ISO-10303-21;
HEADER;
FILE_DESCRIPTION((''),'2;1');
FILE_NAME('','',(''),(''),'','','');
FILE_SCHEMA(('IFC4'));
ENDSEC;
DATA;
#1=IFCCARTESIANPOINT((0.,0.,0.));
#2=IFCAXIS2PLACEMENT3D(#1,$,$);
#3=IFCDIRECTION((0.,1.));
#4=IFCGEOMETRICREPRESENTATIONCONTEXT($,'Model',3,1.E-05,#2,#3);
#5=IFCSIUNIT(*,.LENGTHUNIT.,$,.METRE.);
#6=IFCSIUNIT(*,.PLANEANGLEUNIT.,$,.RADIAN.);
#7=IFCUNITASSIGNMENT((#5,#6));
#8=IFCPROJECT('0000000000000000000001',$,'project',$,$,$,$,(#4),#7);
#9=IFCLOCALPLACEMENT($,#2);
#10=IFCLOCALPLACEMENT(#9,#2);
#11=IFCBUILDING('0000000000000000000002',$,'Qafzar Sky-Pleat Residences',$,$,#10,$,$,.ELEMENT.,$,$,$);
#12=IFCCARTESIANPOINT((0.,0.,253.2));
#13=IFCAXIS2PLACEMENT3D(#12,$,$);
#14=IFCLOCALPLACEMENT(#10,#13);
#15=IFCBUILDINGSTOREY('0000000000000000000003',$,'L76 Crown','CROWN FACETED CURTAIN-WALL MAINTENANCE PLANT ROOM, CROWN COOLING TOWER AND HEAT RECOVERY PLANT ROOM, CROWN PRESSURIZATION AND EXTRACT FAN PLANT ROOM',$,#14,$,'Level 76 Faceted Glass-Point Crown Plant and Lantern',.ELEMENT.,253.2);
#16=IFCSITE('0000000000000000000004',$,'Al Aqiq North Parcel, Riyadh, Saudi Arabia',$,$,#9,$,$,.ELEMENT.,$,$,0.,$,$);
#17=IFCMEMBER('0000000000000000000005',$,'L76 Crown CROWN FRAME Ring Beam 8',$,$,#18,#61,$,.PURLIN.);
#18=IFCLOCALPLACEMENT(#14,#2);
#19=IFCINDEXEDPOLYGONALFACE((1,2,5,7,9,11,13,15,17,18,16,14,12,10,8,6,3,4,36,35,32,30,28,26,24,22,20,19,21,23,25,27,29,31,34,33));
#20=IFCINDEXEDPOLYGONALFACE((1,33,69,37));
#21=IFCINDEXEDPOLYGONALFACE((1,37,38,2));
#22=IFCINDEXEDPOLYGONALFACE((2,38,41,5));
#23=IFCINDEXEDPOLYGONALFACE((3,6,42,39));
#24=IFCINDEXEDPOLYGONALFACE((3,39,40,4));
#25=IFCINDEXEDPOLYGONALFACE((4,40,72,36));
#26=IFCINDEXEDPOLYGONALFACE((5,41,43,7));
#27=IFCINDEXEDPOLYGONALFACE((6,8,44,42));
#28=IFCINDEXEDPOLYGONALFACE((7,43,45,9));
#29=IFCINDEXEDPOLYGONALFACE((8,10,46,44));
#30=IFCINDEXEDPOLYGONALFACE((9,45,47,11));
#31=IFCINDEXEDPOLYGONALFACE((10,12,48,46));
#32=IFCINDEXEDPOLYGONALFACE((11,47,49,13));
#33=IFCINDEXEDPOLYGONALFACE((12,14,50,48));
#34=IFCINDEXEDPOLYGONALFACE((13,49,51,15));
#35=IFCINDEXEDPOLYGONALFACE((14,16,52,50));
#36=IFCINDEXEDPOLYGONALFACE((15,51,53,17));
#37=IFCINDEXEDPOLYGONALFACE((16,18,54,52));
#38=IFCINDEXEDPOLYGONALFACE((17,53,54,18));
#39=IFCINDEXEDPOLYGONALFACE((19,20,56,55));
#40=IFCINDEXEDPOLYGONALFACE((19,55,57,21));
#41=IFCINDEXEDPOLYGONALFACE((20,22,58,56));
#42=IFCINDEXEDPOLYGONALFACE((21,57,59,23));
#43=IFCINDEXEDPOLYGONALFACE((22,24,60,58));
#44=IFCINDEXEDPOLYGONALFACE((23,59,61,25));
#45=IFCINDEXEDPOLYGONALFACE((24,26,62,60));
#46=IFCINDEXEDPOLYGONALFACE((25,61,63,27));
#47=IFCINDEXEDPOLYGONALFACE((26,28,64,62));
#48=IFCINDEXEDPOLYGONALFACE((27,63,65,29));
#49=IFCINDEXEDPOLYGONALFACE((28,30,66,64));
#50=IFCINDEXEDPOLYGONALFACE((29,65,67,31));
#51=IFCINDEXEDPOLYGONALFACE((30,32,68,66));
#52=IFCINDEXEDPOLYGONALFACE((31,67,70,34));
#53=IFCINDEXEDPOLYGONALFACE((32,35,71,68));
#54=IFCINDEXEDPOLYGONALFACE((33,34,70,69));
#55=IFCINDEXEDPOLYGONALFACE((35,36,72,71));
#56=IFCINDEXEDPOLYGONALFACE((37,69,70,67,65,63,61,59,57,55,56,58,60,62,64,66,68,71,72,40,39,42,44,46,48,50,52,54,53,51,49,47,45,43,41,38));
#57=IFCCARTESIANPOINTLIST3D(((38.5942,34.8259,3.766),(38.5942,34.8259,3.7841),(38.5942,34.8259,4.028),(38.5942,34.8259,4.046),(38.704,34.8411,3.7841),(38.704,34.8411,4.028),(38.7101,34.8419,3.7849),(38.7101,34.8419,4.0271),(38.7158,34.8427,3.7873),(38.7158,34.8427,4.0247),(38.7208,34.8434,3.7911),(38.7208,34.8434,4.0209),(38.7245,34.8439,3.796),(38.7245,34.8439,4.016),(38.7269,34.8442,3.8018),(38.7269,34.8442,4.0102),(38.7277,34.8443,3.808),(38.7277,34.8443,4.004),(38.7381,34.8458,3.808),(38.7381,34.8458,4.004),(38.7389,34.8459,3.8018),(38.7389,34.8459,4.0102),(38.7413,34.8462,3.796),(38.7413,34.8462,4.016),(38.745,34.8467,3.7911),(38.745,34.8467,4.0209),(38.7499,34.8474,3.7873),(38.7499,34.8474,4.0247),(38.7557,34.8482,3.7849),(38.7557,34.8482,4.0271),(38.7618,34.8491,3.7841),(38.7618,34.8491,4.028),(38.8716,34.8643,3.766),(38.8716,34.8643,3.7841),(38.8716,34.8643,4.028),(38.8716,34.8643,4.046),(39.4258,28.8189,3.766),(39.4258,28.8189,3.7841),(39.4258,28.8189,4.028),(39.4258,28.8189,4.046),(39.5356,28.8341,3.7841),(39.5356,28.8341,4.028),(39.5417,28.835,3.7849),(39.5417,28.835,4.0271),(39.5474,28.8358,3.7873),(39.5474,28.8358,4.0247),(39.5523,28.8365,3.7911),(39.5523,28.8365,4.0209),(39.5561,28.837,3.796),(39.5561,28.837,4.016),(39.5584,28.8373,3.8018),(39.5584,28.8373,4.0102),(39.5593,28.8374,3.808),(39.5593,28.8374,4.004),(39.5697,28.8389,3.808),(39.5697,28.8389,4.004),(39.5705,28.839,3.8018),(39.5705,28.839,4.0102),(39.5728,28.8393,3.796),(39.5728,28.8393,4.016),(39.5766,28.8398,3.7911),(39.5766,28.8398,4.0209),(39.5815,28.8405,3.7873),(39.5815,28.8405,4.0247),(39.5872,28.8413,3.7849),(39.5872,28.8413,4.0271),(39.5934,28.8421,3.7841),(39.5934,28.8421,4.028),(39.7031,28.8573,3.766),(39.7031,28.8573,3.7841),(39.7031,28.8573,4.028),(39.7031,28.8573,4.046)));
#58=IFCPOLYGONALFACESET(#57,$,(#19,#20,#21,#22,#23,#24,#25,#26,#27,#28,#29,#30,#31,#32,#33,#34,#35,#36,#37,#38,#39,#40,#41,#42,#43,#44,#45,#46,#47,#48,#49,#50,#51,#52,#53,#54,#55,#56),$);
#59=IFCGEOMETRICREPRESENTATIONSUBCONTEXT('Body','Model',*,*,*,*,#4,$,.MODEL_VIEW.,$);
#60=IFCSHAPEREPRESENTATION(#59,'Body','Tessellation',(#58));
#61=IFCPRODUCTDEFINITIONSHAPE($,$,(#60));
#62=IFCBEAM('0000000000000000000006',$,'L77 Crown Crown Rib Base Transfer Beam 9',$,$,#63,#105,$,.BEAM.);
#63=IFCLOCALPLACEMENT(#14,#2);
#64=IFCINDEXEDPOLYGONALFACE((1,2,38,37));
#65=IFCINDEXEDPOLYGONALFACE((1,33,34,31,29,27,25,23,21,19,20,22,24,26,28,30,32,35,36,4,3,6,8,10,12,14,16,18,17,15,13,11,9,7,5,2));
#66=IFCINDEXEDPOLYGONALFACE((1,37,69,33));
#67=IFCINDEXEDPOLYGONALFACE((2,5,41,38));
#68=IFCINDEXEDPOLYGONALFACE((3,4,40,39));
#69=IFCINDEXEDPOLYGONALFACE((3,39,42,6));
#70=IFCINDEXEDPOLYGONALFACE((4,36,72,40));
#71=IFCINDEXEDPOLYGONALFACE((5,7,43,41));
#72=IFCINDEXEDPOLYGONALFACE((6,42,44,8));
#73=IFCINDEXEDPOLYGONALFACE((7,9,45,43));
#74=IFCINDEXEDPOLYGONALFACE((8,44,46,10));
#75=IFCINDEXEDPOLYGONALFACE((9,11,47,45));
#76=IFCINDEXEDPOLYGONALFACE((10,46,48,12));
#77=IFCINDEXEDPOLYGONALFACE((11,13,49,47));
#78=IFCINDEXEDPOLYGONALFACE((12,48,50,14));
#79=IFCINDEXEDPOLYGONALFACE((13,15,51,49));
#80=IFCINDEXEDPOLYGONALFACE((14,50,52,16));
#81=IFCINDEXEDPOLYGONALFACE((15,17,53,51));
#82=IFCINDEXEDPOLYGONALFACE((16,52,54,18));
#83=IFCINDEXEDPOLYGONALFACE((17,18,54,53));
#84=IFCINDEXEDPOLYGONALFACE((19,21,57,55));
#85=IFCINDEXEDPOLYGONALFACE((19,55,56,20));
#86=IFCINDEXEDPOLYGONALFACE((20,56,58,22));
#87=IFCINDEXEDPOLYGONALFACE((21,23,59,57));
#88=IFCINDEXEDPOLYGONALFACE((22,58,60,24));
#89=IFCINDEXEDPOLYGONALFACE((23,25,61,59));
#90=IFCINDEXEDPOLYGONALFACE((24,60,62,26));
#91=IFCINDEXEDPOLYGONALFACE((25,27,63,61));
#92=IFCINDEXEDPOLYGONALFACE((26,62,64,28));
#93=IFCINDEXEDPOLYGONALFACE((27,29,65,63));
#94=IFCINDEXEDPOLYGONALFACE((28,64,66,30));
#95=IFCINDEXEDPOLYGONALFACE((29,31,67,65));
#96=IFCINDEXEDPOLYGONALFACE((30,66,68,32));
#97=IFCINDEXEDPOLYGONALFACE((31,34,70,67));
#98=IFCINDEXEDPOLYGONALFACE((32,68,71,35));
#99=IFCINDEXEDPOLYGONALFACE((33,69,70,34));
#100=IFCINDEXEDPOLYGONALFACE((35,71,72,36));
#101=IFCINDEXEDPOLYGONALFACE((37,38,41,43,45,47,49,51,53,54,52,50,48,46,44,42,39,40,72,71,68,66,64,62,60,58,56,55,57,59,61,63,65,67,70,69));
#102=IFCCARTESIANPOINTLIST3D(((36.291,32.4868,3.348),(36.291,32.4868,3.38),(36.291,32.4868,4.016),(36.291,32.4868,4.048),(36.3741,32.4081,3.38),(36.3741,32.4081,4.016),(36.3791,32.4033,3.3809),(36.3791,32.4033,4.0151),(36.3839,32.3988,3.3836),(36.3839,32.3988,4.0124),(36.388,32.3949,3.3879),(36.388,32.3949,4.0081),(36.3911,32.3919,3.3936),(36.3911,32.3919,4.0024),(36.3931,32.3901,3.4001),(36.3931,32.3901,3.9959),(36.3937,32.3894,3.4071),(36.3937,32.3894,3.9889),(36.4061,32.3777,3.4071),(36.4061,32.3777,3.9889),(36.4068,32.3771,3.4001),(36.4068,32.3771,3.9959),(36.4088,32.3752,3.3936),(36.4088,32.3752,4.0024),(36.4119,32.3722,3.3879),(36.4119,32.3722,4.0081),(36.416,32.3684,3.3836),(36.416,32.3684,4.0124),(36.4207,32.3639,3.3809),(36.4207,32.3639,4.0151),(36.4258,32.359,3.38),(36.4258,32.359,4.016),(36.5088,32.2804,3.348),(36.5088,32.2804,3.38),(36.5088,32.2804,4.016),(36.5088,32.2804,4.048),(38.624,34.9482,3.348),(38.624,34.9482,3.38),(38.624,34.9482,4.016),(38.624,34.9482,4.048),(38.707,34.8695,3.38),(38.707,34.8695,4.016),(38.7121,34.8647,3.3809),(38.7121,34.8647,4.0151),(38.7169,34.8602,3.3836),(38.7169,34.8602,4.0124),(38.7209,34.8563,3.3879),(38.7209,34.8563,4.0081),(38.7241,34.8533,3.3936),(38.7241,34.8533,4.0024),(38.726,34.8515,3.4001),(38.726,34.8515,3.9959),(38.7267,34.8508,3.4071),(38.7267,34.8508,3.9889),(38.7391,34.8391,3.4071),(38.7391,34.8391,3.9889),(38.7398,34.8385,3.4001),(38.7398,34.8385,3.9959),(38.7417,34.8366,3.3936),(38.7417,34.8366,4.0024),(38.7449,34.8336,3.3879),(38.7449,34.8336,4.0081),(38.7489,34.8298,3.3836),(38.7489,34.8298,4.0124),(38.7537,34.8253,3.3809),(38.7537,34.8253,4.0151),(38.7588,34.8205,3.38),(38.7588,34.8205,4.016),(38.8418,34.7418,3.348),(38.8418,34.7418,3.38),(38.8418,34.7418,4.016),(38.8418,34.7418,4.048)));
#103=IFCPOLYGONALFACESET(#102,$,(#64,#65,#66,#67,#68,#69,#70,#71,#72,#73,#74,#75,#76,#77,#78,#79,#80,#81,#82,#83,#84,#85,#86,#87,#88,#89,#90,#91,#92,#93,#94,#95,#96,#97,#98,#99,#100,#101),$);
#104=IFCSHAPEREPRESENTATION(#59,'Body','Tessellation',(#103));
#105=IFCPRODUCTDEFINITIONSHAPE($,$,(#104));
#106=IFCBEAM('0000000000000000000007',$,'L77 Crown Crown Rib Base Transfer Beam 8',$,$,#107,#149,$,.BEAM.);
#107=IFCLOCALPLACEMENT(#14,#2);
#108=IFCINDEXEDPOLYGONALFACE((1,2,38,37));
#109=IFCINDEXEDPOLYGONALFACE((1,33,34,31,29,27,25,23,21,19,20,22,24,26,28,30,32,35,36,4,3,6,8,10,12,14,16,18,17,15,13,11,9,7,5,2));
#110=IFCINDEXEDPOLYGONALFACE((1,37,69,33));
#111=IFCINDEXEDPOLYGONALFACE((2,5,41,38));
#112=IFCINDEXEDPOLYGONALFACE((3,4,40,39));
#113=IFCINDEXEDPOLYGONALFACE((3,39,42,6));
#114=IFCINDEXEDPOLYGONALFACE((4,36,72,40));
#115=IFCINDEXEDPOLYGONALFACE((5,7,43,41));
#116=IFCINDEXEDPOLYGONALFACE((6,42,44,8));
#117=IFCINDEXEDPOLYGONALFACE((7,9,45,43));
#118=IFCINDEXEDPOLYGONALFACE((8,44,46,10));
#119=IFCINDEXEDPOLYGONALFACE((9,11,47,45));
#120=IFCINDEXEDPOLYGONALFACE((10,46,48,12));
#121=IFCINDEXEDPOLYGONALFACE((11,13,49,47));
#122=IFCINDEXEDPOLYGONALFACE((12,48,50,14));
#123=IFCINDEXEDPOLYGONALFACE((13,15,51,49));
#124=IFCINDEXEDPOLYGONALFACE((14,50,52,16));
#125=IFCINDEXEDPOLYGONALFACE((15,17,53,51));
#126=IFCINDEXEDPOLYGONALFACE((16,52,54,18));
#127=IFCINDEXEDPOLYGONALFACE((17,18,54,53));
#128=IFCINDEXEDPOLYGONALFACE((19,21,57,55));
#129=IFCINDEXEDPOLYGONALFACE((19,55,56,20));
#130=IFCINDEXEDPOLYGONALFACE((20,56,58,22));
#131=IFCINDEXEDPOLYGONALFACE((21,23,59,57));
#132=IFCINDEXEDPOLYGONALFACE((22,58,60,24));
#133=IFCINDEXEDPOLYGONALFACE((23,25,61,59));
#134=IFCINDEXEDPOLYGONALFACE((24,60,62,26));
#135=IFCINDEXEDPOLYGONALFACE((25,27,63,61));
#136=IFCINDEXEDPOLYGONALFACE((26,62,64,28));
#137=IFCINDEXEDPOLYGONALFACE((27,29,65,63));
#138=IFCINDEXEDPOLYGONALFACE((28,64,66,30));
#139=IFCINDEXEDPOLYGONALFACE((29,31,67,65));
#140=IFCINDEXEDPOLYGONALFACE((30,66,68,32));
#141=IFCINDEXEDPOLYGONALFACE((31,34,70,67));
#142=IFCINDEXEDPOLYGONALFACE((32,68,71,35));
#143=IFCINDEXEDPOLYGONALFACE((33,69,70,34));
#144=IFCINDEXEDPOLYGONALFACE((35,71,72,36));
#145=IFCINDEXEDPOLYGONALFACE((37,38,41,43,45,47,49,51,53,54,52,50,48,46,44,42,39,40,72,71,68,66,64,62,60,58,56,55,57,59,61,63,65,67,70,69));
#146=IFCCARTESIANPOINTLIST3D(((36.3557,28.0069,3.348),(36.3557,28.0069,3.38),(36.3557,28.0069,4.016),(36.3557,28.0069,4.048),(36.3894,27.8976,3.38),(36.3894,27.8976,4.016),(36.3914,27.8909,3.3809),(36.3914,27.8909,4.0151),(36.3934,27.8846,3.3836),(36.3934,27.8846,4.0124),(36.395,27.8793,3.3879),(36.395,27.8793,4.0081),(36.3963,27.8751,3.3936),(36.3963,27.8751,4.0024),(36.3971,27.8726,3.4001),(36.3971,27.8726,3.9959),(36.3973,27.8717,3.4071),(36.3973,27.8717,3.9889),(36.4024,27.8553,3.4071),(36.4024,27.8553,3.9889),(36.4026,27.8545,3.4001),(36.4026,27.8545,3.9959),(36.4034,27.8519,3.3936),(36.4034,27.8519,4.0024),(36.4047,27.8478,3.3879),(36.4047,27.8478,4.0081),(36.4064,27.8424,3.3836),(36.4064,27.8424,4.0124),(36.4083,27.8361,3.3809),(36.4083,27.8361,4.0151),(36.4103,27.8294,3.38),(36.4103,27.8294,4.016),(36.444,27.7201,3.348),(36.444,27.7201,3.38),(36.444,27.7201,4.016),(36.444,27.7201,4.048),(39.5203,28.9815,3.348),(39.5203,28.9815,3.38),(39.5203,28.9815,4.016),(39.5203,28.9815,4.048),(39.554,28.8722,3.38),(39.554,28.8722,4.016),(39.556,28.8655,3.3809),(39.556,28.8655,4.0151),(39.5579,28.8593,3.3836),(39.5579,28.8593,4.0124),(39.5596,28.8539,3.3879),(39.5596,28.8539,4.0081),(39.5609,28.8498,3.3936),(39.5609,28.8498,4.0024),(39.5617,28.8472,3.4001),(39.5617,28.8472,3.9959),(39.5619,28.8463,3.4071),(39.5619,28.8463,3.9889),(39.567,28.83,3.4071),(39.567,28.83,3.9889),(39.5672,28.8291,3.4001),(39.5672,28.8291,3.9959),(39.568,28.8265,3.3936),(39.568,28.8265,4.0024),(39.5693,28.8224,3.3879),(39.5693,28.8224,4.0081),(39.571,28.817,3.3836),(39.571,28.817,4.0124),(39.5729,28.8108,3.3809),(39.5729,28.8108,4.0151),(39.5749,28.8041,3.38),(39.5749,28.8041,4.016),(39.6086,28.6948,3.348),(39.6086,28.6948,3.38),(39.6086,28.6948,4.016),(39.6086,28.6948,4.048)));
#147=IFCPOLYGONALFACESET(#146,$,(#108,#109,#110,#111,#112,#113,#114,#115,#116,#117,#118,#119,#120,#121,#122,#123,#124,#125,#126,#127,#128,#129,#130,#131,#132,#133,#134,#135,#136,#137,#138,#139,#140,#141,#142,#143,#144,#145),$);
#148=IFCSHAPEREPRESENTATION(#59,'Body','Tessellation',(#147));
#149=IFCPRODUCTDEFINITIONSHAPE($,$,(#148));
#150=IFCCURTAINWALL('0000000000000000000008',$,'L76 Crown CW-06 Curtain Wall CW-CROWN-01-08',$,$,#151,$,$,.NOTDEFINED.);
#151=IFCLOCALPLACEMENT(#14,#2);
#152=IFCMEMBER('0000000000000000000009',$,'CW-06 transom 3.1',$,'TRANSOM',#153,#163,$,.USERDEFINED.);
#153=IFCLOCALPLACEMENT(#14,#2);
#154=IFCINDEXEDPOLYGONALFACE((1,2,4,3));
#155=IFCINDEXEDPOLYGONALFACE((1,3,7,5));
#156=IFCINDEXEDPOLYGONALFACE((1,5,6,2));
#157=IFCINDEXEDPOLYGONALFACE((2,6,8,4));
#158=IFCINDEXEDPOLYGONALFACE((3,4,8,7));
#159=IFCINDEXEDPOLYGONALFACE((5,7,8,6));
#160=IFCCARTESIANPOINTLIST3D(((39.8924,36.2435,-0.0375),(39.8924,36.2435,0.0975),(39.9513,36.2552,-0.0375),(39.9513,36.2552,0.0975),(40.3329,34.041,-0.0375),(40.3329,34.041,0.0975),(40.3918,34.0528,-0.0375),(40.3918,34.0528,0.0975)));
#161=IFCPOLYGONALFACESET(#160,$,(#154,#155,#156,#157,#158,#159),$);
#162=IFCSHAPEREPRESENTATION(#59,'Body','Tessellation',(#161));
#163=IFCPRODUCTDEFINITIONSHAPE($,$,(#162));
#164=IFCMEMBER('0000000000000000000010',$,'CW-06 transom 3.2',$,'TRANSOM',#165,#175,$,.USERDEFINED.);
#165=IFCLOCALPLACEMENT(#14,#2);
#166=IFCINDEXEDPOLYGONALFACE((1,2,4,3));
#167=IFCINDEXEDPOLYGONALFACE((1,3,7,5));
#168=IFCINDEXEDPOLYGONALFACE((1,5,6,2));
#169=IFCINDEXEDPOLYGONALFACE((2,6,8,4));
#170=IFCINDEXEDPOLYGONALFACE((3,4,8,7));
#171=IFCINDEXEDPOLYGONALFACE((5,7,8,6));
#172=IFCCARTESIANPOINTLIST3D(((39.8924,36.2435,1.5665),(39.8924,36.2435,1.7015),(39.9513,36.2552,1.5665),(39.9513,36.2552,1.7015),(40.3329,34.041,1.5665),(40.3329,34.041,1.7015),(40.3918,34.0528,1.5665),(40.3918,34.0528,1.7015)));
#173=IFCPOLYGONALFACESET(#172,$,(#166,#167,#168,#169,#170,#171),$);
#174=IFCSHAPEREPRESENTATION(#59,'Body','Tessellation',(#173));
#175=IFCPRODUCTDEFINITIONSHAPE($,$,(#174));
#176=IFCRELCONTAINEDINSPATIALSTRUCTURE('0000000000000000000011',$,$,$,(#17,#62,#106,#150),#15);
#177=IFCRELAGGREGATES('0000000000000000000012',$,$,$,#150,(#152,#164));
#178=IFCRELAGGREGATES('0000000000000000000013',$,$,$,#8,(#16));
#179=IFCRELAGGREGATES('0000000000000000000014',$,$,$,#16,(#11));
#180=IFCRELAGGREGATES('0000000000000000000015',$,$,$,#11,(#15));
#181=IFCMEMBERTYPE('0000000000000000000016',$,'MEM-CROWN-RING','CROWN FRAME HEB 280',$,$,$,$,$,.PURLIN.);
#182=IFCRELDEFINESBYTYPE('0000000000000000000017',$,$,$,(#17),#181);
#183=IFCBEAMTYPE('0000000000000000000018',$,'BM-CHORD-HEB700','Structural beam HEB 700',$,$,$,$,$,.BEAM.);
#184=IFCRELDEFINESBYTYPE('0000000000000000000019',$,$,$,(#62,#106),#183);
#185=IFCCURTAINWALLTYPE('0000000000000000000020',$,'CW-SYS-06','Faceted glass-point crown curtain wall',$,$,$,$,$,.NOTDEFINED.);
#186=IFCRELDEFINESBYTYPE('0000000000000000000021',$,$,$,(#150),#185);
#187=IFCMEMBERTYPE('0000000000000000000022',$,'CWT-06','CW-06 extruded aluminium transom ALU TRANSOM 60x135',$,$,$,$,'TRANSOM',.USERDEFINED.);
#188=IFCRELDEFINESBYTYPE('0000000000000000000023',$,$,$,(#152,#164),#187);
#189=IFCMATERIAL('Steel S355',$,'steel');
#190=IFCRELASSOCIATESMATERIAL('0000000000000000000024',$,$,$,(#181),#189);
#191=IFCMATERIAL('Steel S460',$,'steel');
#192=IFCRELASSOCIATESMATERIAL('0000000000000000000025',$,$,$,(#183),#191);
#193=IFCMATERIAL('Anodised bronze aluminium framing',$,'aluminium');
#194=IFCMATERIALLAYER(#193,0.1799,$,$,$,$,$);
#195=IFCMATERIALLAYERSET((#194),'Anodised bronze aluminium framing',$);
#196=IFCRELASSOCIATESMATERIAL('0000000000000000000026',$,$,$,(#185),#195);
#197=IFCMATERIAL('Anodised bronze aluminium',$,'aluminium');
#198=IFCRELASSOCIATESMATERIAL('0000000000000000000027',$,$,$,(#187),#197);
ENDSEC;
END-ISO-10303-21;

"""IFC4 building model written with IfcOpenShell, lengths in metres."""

from ifc_helpers import new_model, si_unit, direction, frame, origin, origin_2d, place, context, subcontext, project, spatial, rectangle, i_section, extrude, source, transform, mapped, material, layer, layer_set, material_profile, profile_set, type_object, element, aggregate, save


model = new_model("IFC4")

# Units and contexts
model_context = context("Model", 3, precision=1e-05, world=origin(), true_north=direction((0.0, 1.0)))
body_context = subcontext(model_context, "Body", "Model", "MODEL_VIEW")
ifc_project = project(units=[si_unit("LENGTHUNIT", "METRE"), si_unit("PLANEANGLEUNIT", "RADIAN")], contexts=[model_context])

# Site, building, storey
site_placement = place(None, origin())
site = spatial("IfcSite", under=ifc_project, at=site_placement, Name="Al Aqiq North Parcel, Riyadh, Saudi Arabia", CompositionType="ELEMENT", RefElevation=0.0)
building_placement = place(site_placement, origin())
building = spatial("IfcBuilding", under=site, at=building_placement, Name="Qafzar Sky-Pleat Residences", CompositionType="ELEMENT")
storey_placement = place(building_placement, frame((0.0, 0.0, 253.2)))
storey = spatial("IfcBuildingStorey", under=building, at=storey_placement, Name="L76 Crown", Description="CROWN FACETED CURTAIN-WALL MAINTENANCE PLANT ROOM, CROWN COOLING TOWER AND HEAT RECOVERY PLANT ROOM, CROWN PRESSURIZATION AND EXTRACT FAN PLANT ROOM", LongName="Level 76 Faceted Glass-Point Crown Plant and Lantern", CompositionType="ELEMENT", Elevation=253.2)

# Member
ifc_material_1 = material(Name="Steel S460", Category="steel")
ifc_material_2 = material(Name="Steel S355", Category="steel")
ifc_material_profile_1 = material_profile(ifc_material_2, i_section(OverallWidth=0.28, OverallDepth=0.28, WebThickness=0.0105, FlangeThickness=0.0181, FilletRadius=0.0239, at=origin_2d()), Name="HEB 280")
ifc_profile_set_1 = profile_set([ifc_material_profile_1], Name="Steel S355")
member_type_1 = type_object("IfcMemberType", Name="MEM-CROWN-RING", Description="CROWN FRAME HEB 280", PredefinedType="PURLIN", material=ifc_profile_set_1)
shared_shape_1 = source(origin(), body_context, "Body", "SweptSolid", [
    extrude(i_section(OverallWidth=0.28, OverallDepth=0.28, WebThickness=0.0105, FlangeThickness=0.0181, FilletRadius=0.0239, at=origin_2d()), origin(), (0.0, 0.0, 1.0), 6.0642),
])
member_1_placement = place(storey_placement, frame((39.5645, 28.8381, 3.906), z_axis=(-0.137125, 0.990554, 0.0), x_axis=(-0.990554, -0.137125, 0.0)))
element("IfcMember", 1, at=member_1_placement, inside=storey, type_object=member_type_1, Name="L76 Crown CROWN FRAME Ring Beam 8", PredefinedType="PURLIN", context=body_context, shape_type="MappedRepresentation", body=[
    mapped(shared_shape_1, transform((0.0, 0.0, 0.0), x_axis=(1.0, 0.0, 0.0), y_axis=(0.0, 1.0, 0.0), z_axis=(0.0, 0.0, 1.0), scale=1.0)),
])

# Beams
ifc_material_profile_2 = material_profile(ifc_material_1, i_section(OverallWidth=0.3, OverallDepth=0.7, WebThickness=0.0171, FlangeThickness=0.032, FilletRadius=0.0271, at=origin_2d()), Name="HEB 700")
ifc_profile_set_2 = profile_set([ifc_material_profile_2], Name="Steel S460")
beam_type = type_object("IfcBeamType", Name="BM-CHORD-HEB700", Description="Structural beam HEB 700", PredefinedType="BEAM", material=ifc_profile_set_2)
shared_shape_2 = source(origin(), body_context, "Body", "SweptSolid", [
    extrude(i_section(OverallWidth=0.3, OverallDepth=0.7, WebThickness=0.0171, FlangeThickness=0.032, FilletRadius=0.0271, at=origin_2d()), origin(), (0.0, 0.0, 1.0), 3.3914),
])
beam_1_placement = place(storey_placement, frame((38.7329, 34.845, 3.698), z_axis=(-0.68792, -0.725786, 0.0), x_axis=(0.725786, -0.68792, 0.0)))
element("IfcBeam", 2, at=beam_1_placement, inside=storey, type_object=beam_type, Name="L77 Crown Crown Rib Base Transfer Beam 9", PredefinedType="BEAM", context=body_context, shape_type="MappedRepresentation", body=[
    mapped(shared_shape_2, transform((0.0, 0.0, 0.0), x_axis=(1.0, 0.0, 0.0), y_axis=(0.0, 1.0, 0.0), z_axis=(0.0, 0.0, 1.0), scale=1.0)),
])
shared_shape_3 = source(origin(), body_context, "Body", "SweptSolid", [
    extrude(i_section(OverallWidth=0.3, OverallDepth=0.7, WebThickness=0.0171, FlangeThickness=0.032, FilletRadius=0.0271, at=origin_2d()), origin(), (0.0, 0.0, 1.0), 3.3113),
])
beam_2_placement = place(storey_placement, frame((39.5645, 28.8381, 3.698), z_axis=(-0.955702, -0.294335, 0.0), x_axis=(0.294335, -0.955702, 0.0)))
element("IfcBeam", 3, at=beam_2_placement, inside=storey, type_object=beam_type, Name="L77 Crown Crown Rib Base Transfer Beam 8", PredefinedType="BEAM", context=body_context, shape_type="MappedRepresentation", body=[
    mapped(shared_shape_3, transform((0.0, 0.0, 0.0), x_axis=(1.0, 0.0, 0.0), y_axis=(0.0, 1.0, 0.0), z_axis=(0.0, 0.0, 1.0), scale=1.0)),
])

# Curtain wall, members
ifc_material_3 = material(Name="Anodised bronze aluminium framing", Category="aluminium")
ifc_layer_1 = layer(ifc_material_3, 0.1799)
ifc_layer_set_1 = layer_set([ifc_layer_1], Name="Anodised bronze aluminium framing")
curtain_wall_type = type_object("IfcCurtainWallType", Name="CW-SYS-06", Description="Faceted glass-point crown curtain wall", PredefinedType="NOTDEFINED", material=ifc_layer_set_1)
curtain_wall_placement = place(storey_placement, origin())
curtain_wall = element("IfcCurtainWall", 4, at=curtain_wall_placement, inside=storey, type_object=curtain_wall_type, Name="L76 Crown CW-06 Curtain Wall CW-CROWN-01-08", PredefinedType="NOTDEFINED")
ifc_material_4 = material(Name="Anodised bronze aluminium", Category="aluminium")
ifc_material_profile_3 = material_profile(ifc_material_4, rectangle(XDim=0.0601, YDim=0.135, at=origin_2d()), Name="ALU TRANSOM 60x135")
ifc_profile_set_3 = profile_set([ifc_material_profile_3], Name="Anodised bronze aluminium")
member_type_2 = type_object("IfcMemberType", Name="CWT-06", Description="CW-06 extruded aluminium transom ALU TRANSOM 60x135", ElementType="TRANSOM", PredefinedType="USERDEFINED", material=ifc_profile_set_3)
shared_shape_4 = source(origin(), body_context, "Body", "SweptSolid", [
    extrude(rectangle(XDim=0.0601, YDim=0.135, at=origin_2d()), origin(), (0.0, 0.0, 1.0), 2.2461),
])
member_2_placement = place(storey_placement, frame((40.3623, 34.0469, 0.03), z_axis=(-0.196095, 0.980585, 0.0), x_axis=(-0.980585, -0.196095, 0.0)))
member_2 = element("IfcMember", 5, at=member_2_placement, type_object=member_type_2, Name="CW-06 transom 3.1", ObjectType="TRANSOM", PredefinedType="USERDEFINED", context=body_context, shape_type="MappedRepresentation", body=[
    mapped(shared_shape_4, transform((0.0, 0.0, 0.0), x_axis=(1.0, 0.0, 0.0), y_axis=(0.0, 1.0, 0.0), z_axis=(0.0, 0.0, 1.0), scale=1.0)),
])
member_3_placement = place(storey_placement, frame((40.3623, 34.0469, 1.634), z_axis=(-0.196095, 0.980585, 0.0), x_axis=(-0.980585, -0.196095, 0.0)))
member_3 = element("IfcMember", 6, at=member_3_placement, type_object=member_type_2, Name="CW-06 transom 3.2", ObjectType="TRANSOM", PredefinedType="USERDEFINED", context=body_context, shape_type="MappedRepresentation", body=[
    mapped(shared_shape_4, transform((0.0, 0.0, 0.0), x_axis=(1.0, 0.0, 0.0), y_axis=(0.0, 1.0, 0.0), z_axis=(0.0, 0.0, 1.0), scale=1.0)),
])
aggregate(curtain_wall, [member_2, member_3])

save(model, "model.ifc")
